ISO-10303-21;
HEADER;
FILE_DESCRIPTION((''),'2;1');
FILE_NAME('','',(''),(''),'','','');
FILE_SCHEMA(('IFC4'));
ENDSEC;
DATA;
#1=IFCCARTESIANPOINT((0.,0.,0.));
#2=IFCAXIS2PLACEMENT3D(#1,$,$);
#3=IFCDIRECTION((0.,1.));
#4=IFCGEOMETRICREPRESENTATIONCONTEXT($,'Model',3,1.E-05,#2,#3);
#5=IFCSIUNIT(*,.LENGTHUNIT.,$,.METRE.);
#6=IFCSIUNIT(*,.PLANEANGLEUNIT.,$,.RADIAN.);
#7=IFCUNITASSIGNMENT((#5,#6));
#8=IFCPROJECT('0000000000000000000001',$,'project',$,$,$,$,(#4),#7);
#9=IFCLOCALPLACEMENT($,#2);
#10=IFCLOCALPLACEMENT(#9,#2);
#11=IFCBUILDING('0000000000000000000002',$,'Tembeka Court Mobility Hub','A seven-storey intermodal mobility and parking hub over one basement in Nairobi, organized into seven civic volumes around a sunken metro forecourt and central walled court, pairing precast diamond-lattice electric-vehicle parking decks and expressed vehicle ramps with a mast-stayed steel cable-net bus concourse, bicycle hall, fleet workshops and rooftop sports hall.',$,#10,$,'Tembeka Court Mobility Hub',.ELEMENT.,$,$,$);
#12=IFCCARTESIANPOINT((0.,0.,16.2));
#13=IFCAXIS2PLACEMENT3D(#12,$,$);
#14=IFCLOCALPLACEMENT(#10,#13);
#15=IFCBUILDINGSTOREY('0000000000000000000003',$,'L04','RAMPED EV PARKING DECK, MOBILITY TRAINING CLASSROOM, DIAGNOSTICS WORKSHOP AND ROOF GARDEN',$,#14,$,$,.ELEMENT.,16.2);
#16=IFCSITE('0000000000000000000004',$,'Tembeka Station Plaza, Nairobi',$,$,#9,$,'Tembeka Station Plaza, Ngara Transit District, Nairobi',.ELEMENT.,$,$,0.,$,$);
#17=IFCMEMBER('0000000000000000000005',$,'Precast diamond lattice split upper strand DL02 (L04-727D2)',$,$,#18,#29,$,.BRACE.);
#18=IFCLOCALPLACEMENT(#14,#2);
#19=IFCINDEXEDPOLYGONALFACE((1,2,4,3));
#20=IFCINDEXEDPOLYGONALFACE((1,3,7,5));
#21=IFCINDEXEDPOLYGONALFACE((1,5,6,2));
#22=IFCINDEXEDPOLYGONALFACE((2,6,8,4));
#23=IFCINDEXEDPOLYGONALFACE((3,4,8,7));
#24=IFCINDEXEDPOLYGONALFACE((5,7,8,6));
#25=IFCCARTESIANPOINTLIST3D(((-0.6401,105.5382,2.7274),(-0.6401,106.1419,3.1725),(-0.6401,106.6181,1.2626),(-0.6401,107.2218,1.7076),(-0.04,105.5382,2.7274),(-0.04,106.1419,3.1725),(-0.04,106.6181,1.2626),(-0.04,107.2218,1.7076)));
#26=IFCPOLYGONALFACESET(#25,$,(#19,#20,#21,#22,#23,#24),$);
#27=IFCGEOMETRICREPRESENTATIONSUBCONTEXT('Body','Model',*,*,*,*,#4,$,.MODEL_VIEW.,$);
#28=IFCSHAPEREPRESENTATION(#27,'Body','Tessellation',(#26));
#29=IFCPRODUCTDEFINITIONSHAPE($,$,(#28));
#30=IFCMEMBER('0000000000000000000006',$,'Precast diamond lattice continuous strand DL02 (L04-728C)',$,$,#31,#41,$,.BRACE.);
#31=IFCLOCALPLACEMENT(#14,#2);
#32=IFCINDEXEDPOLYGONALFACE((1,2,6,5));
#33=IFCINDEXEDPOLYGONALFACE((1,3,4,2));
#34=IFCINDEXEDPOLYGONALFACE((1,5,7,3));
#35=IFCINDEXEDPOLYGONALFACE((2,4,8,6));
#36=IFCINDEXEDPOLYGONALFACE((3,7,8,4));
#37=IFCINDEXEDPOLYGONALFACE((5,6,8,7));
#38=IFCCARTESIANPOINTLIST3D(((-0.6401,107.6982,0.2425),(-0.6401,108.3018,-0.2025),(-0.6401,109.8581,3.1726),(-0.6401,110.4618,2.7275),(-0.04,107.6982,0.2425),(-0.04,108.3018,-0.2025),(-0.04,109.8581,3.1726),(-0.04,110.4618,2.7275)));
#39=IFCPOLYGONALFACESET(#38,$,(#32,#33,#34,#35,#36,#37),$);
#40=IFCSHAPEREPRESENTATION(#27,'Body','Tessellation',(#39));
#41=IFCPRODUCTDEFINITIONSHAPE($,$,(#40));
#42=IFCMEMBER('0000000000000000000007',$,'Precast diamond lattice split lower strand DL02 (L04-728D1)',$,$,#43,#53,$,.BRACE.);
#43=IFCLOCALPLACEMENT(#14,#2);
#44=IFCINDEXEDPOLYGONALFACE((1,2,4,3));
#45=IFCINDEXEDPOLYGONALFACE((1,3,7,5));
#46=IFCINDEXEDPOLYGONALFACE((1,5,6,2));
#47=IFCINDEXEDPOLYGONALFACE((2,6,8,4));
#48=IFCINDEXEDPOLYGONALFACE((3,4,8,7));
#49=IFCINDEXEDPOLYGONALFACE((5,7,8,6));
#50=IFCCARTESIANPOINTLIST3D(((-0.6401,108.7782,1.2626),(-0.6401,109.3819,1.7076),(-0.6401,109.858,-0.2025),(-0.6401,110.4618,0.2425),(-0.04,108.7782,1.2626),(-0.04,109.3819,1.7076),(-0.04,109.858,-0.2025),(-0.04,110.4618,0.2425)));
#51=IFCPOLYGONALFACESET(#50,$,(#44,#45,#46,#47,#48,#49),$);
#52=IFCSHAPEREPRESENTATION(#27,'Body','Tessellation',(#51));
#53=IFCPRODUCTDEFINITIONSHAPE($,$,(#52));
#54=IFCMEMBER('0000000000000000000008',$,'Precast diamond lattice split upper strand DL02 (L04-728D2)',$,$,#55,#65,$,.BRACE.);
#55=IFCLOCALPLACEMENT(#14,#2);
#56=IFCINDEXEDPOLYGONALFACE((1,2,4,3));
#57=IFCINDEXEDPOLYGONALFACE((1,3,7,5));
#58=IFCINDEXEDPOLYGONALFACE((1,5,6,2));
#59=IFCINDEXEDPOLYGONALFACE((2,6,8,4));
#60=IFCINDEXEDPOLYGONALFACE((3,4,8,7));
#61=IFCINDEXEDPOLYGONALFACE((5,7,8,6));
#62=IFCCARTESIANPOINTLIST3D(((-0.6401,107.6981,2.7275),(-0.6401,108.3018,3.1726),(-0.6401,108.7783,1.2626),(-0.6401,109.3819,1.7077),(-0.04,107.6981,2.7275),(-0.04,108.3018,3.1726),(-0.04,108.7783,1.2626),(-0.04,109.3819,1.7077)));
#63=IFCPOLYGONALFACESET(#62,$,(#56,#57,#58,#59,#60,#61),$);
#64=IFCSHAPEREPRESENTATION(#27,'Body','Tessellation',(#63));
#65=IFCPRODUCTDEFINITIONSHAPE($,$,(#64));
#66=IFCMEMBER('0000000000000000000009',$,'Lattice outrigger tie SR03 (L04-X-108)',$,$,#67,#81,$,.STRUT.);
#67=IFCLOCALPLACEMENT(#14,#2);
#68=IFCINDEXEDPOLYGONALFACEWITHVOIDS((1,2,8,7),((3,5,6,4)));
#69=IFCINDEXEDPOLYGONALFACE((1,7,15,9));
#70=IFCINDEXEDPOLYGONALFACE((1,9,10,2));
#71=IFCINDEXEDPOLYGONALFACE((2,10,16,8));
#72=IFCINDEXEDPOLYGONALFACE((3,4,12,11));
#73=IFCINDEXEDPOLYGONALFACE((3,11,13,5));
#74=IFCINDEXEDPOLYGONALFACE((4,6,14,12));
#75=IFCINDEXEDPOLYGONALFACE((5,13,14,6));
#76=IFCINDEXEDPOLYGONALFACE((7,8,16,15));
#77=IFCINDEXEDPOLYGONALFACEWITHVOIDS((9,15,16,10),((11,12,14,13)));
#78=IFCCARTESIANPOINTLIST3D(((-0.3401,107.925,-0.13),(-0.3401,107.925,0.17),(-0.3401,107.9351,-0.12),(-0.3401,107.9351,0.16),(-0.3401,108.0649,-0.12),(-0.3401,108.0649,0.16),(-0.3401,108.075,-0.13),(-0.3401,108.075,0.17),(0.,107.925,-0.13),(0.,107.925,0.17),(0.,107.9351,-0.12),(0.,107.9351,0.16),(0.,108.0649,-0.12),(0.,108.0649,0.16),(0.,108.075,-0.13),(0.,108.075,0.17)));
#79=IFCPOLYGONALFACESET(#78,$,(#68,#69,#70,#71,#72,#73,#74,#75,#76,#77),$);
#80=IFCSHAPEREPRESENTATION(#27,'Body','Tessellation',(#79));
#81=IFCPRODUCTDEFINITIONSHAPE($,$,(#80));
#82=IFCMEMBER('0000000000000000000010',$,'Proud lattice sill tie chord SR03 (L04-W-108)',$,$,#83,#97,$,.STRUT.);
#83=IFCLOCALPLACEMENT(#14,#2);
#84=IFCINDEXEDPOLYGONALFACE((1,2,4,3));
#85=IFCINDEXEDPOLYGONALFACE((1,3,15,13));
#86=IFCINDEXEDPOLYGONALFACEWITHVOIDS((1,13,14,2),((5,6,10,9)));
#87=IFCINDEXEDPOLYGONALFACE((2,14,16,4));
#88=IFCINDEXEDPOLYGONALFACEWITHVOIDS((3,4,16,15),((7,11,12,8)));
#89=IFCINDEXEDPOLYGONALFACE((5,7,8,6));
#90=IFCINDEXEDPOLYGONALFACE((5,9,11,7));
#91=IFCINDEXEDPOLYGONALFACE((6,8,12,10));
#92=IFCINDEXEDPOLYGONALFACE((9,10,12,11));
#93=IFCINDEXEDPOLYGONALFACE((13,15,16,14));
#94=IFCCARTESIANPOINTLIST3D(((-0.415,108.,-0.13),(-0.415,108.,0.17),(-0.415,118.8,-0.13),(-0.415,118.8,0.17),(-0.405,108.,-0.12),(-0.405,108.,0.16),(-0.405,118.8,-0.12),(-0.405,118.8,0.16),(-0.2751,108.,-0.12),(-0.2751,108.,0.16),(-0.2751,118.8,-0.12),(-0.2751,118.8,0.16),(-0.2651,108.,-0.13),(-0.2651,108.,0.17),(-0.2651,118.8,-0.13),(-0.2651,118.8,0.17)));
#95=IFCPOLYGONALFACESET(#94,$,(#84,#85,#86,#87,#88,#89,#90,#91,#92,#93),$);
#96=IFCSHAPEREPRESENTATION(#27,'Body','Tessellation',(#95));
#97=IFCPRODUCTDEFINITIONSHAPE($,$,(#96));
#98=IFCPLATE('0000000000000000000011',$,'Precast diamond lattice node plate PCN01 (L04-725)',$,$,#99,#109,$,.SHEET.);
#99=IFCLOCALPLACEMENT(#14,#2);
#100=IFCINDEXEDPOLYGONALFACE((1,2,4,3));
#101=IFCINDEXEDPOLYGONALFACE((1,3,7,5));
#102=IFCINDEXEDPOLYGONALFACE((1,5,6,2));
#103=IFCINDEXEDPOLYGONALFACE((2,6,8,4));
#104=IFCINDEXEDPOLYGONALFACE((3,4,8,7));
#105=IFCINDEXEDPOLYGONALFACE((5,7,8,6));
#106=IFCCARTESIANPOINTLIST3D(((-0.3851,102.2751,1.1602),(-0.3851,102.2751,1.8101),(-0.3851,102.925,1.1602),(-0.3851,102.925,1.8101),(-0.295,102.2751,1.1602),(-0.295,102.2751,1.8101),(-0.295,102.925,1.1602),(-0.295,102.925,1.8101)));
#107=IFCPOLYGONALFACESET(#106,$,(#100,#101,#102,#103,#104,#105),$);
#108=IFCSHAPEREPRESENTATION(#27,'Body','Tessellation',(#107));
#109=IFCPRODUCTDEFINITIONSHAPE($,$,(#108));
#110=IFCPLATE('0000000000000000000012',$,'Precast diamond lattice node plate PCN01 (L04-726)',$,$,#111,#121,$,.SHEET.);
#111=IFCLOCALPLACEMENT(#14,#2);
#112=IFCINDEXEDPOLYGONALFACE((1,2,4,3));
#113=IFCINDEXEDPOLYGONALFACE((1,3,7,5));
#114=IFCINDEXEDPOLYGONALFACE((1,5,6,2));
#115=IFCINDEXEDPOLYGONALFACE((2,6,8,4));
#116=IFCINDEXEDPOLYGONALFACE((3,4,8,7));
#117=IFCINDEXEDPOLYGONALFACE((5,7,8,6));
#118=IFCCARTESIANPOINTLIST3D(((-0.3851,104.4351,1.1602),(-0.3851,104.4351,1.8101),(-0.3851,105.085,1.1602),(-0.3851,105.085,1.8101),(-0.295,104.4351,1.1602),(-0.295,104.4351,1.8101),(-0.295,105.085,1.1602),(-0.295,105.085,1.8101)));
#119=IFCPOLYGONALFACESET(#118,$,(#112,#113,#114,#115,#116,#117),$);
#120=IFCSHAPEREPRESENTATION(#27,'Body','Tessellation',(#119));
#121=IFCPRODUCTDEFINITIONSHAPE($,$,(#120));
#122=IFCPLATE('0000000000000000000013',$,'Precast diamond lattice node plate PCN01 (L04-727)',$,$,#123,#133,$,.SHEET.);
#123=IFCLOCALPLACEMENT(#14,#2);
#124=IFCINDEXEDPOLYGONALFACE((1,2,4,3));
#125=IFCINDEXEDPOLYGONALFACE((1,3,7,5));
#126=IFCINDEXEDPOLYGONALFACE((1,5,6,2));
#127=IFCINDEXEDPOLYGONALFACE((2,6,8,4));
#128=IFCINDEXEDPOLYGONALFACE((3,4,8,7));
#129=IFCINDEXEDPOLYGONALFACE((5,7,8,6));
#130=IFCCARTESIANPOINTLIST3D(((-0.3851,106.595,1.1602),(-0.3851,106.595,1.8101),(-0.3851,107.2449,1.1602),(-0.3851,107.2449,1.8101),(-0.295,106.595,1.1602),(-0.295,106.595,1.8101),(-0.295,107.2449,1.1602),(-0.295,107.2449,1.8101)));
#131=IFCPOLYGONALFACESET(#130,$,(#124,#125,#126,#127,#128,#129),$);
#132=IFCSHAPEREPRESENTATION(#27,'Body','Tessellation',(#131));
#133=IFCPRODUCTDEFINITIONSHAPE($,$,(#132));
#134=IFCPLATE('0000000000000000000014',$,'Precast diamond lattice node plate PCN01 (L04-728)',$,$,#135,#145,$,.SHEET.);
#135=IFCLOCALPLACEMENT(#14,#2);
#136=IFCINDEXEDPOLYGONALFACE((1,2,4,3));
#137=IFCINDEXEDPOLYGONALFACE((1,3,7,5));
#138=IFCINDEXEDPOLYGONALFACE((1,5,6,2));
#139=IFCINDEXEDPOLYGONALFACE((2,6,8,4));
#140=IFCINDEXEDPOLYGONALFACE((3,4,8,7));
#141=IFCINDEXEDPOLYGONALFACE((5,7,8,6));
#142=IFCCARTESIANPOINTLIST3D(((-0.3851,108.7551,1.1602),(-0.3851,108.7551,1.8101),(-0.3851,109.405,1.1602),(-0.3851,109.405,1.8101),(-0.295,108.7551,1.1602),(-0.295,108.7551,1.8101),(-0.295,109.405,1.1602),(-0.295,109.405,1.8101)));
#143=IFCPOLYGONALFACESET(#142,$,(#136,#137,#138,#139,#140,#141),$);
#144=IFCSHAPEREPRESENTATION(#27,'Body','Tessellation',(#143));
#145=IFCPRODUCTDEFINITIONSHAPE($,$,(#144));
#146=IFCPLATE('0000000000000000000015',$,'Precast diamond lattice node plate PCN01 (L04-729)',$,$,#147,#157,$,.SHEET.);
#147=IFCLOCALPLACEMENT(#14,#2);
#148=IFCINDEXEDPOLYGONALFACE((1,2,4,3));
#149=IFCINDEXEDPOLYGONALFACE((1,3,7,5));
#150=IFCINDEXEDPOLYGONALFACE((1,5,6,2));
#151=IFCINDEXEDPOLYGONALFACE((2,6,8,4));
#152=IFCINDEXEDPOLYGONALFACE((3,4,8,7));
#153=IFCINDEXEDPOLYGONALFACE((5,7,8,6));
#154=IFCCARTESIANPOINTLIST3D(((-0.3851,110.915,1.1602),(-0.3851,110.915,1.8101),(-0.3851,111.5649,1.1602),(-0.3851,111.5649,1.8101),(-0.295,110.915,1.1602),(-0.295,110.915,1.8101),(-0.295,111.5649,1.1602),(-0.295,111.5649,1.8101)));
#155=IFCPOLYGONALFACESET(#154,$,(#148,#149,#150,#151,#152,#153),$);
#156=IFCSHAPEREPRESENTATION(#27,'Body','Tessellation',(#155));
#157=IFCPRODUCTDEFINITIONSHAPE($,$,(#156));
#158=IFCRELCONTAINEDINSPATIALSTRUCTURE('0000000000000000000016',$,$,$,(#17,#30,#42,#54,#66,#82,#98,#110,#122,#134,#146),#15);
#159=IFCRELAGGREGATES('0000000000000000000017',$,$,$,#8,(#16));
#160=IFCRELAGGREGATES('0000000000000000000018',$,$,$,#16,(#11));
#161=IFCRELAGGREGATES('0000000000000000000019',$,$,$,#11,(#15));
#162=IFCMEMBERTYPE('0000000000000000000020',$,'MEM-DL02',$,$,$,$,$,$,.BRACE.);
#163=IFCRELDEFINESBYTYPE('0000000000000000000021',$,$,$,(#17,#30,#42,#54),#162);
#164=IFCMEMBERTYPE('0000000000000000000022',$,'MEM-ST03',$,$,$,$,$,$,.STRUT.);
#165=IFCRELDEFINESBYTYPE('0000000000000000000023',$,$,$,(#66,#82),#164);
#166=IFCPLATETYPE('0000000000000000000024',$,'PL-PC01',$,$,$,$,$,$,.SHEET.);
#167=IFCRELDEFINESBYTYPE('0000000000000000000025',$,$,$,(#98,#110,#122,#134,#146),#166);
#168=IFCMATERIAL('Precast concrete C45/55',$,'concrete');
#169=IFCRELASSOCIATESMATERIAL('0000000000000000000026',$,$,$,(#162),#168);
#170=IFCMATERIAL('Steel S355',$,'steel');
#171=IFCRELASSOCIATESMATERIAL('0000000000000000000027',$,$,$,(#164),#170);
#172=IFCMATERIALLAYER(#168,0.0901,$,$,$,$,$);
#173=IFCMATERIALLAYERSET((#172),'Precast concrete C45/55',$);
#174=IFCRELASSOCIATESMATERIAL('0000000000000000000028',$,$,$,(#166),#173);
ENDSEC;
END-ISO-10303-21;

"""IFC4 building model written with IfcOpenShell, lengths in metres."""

from ifc_helpers import new_model, si_unit, direction, frame, origin, origin_2d, place, context, subcontext, project, spatial, rectangle, hollow_rectangle, extrude, material, layer, layer_set, material_profile, profile_set, type_object, element, save


model = new_model("IFC4")

# Units and contexts
model_context = context("Model", 3, precision=1e-05, world=origin(), true_north=direction((0.0, 1.0)))
body_context = subcontext(model_context, "Body", "Model", "MODEL_VIEW")
ifc_project = project(units=[si_unit("LENGTHUNIT", "METRE"), si_unit("PLANEANGLEUNIT", "RADIAN")], contexts=[model_context])

# Site, building, storey
site_placement = place(None, origin())
site = spatial("IfcSite", under=ifc_project, at=site_placement, Name="Tembeka Station Plaza, Nairobi", LongName="Tembeka Station Plaza, Ngara Transit District, Nairobi", CompositionType="ELEMENT", RefElevation=0.0)
building_placement = place(site_placement, origin())
building = spatial("IfcBuilding", under=site, at=building_placement, Name="Tembeka Court Mobility Hub", Description="A seven-storey intermodal mobility and parking hub over one basement in Nairobi, organized into seven civic volumes around a sunken metro forecourt and central walled court, pairing precast diamond-lattice electric-vehicle parking decks and expressed vehicle ramps with a mast-stayed steel cable-net bus concourse, bicycle hall, fleet workshops and rooftop sports hall.", LongName="Tembeka Court Mobility Hub", CompositionType="ELEMENT")
storey_placement = place(building_placement, frame((0.0, 0.0, 16.2)))
storey = spatial("IfcBuildingStorey", under=building, at=storey_placement, Name="L04", Description="RAMPED EV PARKING DECK, MOBILITY TRAINING CLASSROOM, DIAGNOSTICS WORKSHOP AND ROOF GARDEN", CompositionType="ELEMENT", Elevation=16.2)

# Shared definitions
ifc_material_1 = material(Name="Steel S355", Category="steel")

# Members
ifc_material_2 = material(Name="Precast concrete C45/55", Category="concrete")
ifc_material_profile_1 = material_profile(ifc_material_2, rectangle(XDim=0.6001, YDim=0.75, at=origin_2d()), Name="PC-DIAG 600x750")
ifc_profile_set_1 = profile_set([ifc_material_profile_1], Name="Precast concrete C45/55")
member_type_1 = type_object("IfcMemberType", Name="MEM-DL02", PredefinedType="BRACE", material=ifc_profile_set_1)
member_1_placement = place(storey_placement, frame((-0.3401, 106.9199, 1.4851), z_axis=(0.0, -0.593368, 0.804931), x_axis=(1.0, 0.0, 0.0)))
element("IfcMember", 1, at=member_1_placement, inside=storey, type_object=member_type_1, Name="Precast diamond lattice split upper strand DL02 (L04-727D2)", PredefinedType="BRACE", context=body_context, shape_type="SweptSolid", body=[
    extrude(rectangle(XDim=0.6001, YDim=0.75, at=origin_2d()), origin(), (0.0, 0.0, 1.0), 1.8198),
])
member_2_placement = place(storey_placement, frame((-0.3401, 108.0, 0.02), z_axis=(0.0, 0.59338, 0.804923), x_axis=(-1.0, 0.0, 0.0)))
element("IfcMember", 2, at=member_2_placement, inside=storey, type_object=member_type_1, Name="Precast diamond lattice continuous strand DL02 (L04-728C)", PredefinedType="BRACE", context=body_context, shape_type="SweptSolid", body=[
    extrude(rectangle(XDim=0.6001, YDim=0.75, at=origin_2d()), origin(), (0.0, 0.0, 1.0), 3.6401),
])
for number, where, z_axis, x_axis, name in (
    (3, (-0.3401, 110.1599, 0.02), (0.0, -0.593304, 0.804978), (1.0, 0.0, 0.0), "Precast diamond lattice split lower strand DL02 (L04-728D1)"),
    (4, (-0.3401, 109.0801, 1.4851), (0.0, -0.593455, 0.804867), (1.0, 0.0, 0.0), "Precast diamond lattice split upper strand DL02 (L04-728D2)"),
):
    element("IfcMember", number, at=place(storey_placement, frame(where, z_axis=z_axis, x_axis=x_axis)), inside=storey, type_object=member_type_1, Name=name, PredefinedType="BRACE", context=body_context, shape_type="SweptSolid", body=[
        extrude(rectangle(XDim=0.6001, YDim=0.75, at=origin_2d()), origin(), (0.0, 0.0, 1.0), 1.8201),
    ])
ifc_material_profile_2 = material_profile(ifc_material_1, hollow_rectangle(XDim=0.1499, YDim=0.3, WallThickness=0.01, at=origin_2d()), Name="RHS 300x150x10")
ifc_profile_set_2 = profile_set([ifc_material_profile_2], Name="Steel S355")
member_type_2 = type_object("IfcMemberType", Name="MEM-ST03", PredefinedType="STRUT", material=ifc_profile_set_2)
member_3_placement = place(storey_placement, frame((0.0, 108.0, 0.02), z_axis=(-1.0, 0.0, 0.0), x_axis=(0.0, -1.0, 0.0)))
element("IfcMember", 5, at=member_3_placement, inside=storey, type_object=member_type_2, Name="Lattice outrigger tie SR03 (L04-X-108)", PredefinedType="STRUT", context=body_context, shape_type="SweptSolid", body=[
    extrude(hollow_rectangle(XDim=0.1499, YDim=0.3, WallThickness=0.01, at=origin_2d()), origin(), (0.0, 0.0, 1.0), 0.3401),
])
member_4_placement = place(storey_placement, frame((-0.3401, 108.0, 0.02), z_axis=(0.0, 1.0, 0.0), x_axis=(-1.0, 0.0, 0.0)))
element("IfcMember", 6, at=member_4_placement, inside=storey, type_object=member_type_2, Name="Proud lattice sill tie chord SR03 (L04-W-108)", PredefinedType="STRUT", context=body_context, shape_type="SweptSolid", body=[
    extrude(hollow_rectangle(XDim=0.1499, YDim=0.3, WallThickness=0.01, at=origin_2d()), origin(), (0.0, 0.0, 1.0), 10.8),
])

# Plates
ifc_layer = layer(ifc_material_2, 0.0901)
ifc_layer_set = layer_set([ifc_layer], Name="Precast concrete C45/55")
plate_type = type_object("IfcPlateType", Name="PL-PC01", PredefinedType="SHEET", material=ifc_layer_set)
for number, where, z_axis, x_axis, name in (
    (7, (-0.3401, 102.6001, 1.1602), (0.0, 0.0, 1.0), (1.0, 0.0, 0.0), "Precast diamond lattice node plate PCN01 (L04-725)"),
    (8, (-0.3401, 104.76, 1.1602), (0.0, 0.0, 1.0), (1.0, 0.0, 0.0), "Precast diamond lattice node plate PCN01 (L04-726)"),
    (9, (-0.3401, 106.9199, 1.1602), (0.0, 0.0, 1.0), (1.0, 0.0, 0.0), "Precast diamond lattice node plate PCN01 (L04-727)"),
    (10, (-0.3401, 109.0801, 1.1602), (0.0, 0.0, 1.0), (1.0, 0.0, 0.0), "Precast diamond lattice node plate PCN01 (L04-728)"),
    (11, (-0.3401, 111.24, 1.1602), (0.0, 0.0, 1.0), (1.0, 0.0, 0.0), "Precast diamond lattice node plate PCN01 (L04-729)"),
):
    element("IfcPlate", number, at=place(storey_placement, frame(where, z_axis=z_axis, x_axis=x_axis)), inside=storey, type_object=plate_type, Name=name, PredefinedType="SHEET", context=body_context, shape_type="SweptSolid", body=[
        extrude(rectangle(XDim=0.0901, YDim=0.6499, at=origin_2d()), origin(), (0.0, 0.0, 1.0), 0.6499),
    ])

save(model, "model.ifc")
